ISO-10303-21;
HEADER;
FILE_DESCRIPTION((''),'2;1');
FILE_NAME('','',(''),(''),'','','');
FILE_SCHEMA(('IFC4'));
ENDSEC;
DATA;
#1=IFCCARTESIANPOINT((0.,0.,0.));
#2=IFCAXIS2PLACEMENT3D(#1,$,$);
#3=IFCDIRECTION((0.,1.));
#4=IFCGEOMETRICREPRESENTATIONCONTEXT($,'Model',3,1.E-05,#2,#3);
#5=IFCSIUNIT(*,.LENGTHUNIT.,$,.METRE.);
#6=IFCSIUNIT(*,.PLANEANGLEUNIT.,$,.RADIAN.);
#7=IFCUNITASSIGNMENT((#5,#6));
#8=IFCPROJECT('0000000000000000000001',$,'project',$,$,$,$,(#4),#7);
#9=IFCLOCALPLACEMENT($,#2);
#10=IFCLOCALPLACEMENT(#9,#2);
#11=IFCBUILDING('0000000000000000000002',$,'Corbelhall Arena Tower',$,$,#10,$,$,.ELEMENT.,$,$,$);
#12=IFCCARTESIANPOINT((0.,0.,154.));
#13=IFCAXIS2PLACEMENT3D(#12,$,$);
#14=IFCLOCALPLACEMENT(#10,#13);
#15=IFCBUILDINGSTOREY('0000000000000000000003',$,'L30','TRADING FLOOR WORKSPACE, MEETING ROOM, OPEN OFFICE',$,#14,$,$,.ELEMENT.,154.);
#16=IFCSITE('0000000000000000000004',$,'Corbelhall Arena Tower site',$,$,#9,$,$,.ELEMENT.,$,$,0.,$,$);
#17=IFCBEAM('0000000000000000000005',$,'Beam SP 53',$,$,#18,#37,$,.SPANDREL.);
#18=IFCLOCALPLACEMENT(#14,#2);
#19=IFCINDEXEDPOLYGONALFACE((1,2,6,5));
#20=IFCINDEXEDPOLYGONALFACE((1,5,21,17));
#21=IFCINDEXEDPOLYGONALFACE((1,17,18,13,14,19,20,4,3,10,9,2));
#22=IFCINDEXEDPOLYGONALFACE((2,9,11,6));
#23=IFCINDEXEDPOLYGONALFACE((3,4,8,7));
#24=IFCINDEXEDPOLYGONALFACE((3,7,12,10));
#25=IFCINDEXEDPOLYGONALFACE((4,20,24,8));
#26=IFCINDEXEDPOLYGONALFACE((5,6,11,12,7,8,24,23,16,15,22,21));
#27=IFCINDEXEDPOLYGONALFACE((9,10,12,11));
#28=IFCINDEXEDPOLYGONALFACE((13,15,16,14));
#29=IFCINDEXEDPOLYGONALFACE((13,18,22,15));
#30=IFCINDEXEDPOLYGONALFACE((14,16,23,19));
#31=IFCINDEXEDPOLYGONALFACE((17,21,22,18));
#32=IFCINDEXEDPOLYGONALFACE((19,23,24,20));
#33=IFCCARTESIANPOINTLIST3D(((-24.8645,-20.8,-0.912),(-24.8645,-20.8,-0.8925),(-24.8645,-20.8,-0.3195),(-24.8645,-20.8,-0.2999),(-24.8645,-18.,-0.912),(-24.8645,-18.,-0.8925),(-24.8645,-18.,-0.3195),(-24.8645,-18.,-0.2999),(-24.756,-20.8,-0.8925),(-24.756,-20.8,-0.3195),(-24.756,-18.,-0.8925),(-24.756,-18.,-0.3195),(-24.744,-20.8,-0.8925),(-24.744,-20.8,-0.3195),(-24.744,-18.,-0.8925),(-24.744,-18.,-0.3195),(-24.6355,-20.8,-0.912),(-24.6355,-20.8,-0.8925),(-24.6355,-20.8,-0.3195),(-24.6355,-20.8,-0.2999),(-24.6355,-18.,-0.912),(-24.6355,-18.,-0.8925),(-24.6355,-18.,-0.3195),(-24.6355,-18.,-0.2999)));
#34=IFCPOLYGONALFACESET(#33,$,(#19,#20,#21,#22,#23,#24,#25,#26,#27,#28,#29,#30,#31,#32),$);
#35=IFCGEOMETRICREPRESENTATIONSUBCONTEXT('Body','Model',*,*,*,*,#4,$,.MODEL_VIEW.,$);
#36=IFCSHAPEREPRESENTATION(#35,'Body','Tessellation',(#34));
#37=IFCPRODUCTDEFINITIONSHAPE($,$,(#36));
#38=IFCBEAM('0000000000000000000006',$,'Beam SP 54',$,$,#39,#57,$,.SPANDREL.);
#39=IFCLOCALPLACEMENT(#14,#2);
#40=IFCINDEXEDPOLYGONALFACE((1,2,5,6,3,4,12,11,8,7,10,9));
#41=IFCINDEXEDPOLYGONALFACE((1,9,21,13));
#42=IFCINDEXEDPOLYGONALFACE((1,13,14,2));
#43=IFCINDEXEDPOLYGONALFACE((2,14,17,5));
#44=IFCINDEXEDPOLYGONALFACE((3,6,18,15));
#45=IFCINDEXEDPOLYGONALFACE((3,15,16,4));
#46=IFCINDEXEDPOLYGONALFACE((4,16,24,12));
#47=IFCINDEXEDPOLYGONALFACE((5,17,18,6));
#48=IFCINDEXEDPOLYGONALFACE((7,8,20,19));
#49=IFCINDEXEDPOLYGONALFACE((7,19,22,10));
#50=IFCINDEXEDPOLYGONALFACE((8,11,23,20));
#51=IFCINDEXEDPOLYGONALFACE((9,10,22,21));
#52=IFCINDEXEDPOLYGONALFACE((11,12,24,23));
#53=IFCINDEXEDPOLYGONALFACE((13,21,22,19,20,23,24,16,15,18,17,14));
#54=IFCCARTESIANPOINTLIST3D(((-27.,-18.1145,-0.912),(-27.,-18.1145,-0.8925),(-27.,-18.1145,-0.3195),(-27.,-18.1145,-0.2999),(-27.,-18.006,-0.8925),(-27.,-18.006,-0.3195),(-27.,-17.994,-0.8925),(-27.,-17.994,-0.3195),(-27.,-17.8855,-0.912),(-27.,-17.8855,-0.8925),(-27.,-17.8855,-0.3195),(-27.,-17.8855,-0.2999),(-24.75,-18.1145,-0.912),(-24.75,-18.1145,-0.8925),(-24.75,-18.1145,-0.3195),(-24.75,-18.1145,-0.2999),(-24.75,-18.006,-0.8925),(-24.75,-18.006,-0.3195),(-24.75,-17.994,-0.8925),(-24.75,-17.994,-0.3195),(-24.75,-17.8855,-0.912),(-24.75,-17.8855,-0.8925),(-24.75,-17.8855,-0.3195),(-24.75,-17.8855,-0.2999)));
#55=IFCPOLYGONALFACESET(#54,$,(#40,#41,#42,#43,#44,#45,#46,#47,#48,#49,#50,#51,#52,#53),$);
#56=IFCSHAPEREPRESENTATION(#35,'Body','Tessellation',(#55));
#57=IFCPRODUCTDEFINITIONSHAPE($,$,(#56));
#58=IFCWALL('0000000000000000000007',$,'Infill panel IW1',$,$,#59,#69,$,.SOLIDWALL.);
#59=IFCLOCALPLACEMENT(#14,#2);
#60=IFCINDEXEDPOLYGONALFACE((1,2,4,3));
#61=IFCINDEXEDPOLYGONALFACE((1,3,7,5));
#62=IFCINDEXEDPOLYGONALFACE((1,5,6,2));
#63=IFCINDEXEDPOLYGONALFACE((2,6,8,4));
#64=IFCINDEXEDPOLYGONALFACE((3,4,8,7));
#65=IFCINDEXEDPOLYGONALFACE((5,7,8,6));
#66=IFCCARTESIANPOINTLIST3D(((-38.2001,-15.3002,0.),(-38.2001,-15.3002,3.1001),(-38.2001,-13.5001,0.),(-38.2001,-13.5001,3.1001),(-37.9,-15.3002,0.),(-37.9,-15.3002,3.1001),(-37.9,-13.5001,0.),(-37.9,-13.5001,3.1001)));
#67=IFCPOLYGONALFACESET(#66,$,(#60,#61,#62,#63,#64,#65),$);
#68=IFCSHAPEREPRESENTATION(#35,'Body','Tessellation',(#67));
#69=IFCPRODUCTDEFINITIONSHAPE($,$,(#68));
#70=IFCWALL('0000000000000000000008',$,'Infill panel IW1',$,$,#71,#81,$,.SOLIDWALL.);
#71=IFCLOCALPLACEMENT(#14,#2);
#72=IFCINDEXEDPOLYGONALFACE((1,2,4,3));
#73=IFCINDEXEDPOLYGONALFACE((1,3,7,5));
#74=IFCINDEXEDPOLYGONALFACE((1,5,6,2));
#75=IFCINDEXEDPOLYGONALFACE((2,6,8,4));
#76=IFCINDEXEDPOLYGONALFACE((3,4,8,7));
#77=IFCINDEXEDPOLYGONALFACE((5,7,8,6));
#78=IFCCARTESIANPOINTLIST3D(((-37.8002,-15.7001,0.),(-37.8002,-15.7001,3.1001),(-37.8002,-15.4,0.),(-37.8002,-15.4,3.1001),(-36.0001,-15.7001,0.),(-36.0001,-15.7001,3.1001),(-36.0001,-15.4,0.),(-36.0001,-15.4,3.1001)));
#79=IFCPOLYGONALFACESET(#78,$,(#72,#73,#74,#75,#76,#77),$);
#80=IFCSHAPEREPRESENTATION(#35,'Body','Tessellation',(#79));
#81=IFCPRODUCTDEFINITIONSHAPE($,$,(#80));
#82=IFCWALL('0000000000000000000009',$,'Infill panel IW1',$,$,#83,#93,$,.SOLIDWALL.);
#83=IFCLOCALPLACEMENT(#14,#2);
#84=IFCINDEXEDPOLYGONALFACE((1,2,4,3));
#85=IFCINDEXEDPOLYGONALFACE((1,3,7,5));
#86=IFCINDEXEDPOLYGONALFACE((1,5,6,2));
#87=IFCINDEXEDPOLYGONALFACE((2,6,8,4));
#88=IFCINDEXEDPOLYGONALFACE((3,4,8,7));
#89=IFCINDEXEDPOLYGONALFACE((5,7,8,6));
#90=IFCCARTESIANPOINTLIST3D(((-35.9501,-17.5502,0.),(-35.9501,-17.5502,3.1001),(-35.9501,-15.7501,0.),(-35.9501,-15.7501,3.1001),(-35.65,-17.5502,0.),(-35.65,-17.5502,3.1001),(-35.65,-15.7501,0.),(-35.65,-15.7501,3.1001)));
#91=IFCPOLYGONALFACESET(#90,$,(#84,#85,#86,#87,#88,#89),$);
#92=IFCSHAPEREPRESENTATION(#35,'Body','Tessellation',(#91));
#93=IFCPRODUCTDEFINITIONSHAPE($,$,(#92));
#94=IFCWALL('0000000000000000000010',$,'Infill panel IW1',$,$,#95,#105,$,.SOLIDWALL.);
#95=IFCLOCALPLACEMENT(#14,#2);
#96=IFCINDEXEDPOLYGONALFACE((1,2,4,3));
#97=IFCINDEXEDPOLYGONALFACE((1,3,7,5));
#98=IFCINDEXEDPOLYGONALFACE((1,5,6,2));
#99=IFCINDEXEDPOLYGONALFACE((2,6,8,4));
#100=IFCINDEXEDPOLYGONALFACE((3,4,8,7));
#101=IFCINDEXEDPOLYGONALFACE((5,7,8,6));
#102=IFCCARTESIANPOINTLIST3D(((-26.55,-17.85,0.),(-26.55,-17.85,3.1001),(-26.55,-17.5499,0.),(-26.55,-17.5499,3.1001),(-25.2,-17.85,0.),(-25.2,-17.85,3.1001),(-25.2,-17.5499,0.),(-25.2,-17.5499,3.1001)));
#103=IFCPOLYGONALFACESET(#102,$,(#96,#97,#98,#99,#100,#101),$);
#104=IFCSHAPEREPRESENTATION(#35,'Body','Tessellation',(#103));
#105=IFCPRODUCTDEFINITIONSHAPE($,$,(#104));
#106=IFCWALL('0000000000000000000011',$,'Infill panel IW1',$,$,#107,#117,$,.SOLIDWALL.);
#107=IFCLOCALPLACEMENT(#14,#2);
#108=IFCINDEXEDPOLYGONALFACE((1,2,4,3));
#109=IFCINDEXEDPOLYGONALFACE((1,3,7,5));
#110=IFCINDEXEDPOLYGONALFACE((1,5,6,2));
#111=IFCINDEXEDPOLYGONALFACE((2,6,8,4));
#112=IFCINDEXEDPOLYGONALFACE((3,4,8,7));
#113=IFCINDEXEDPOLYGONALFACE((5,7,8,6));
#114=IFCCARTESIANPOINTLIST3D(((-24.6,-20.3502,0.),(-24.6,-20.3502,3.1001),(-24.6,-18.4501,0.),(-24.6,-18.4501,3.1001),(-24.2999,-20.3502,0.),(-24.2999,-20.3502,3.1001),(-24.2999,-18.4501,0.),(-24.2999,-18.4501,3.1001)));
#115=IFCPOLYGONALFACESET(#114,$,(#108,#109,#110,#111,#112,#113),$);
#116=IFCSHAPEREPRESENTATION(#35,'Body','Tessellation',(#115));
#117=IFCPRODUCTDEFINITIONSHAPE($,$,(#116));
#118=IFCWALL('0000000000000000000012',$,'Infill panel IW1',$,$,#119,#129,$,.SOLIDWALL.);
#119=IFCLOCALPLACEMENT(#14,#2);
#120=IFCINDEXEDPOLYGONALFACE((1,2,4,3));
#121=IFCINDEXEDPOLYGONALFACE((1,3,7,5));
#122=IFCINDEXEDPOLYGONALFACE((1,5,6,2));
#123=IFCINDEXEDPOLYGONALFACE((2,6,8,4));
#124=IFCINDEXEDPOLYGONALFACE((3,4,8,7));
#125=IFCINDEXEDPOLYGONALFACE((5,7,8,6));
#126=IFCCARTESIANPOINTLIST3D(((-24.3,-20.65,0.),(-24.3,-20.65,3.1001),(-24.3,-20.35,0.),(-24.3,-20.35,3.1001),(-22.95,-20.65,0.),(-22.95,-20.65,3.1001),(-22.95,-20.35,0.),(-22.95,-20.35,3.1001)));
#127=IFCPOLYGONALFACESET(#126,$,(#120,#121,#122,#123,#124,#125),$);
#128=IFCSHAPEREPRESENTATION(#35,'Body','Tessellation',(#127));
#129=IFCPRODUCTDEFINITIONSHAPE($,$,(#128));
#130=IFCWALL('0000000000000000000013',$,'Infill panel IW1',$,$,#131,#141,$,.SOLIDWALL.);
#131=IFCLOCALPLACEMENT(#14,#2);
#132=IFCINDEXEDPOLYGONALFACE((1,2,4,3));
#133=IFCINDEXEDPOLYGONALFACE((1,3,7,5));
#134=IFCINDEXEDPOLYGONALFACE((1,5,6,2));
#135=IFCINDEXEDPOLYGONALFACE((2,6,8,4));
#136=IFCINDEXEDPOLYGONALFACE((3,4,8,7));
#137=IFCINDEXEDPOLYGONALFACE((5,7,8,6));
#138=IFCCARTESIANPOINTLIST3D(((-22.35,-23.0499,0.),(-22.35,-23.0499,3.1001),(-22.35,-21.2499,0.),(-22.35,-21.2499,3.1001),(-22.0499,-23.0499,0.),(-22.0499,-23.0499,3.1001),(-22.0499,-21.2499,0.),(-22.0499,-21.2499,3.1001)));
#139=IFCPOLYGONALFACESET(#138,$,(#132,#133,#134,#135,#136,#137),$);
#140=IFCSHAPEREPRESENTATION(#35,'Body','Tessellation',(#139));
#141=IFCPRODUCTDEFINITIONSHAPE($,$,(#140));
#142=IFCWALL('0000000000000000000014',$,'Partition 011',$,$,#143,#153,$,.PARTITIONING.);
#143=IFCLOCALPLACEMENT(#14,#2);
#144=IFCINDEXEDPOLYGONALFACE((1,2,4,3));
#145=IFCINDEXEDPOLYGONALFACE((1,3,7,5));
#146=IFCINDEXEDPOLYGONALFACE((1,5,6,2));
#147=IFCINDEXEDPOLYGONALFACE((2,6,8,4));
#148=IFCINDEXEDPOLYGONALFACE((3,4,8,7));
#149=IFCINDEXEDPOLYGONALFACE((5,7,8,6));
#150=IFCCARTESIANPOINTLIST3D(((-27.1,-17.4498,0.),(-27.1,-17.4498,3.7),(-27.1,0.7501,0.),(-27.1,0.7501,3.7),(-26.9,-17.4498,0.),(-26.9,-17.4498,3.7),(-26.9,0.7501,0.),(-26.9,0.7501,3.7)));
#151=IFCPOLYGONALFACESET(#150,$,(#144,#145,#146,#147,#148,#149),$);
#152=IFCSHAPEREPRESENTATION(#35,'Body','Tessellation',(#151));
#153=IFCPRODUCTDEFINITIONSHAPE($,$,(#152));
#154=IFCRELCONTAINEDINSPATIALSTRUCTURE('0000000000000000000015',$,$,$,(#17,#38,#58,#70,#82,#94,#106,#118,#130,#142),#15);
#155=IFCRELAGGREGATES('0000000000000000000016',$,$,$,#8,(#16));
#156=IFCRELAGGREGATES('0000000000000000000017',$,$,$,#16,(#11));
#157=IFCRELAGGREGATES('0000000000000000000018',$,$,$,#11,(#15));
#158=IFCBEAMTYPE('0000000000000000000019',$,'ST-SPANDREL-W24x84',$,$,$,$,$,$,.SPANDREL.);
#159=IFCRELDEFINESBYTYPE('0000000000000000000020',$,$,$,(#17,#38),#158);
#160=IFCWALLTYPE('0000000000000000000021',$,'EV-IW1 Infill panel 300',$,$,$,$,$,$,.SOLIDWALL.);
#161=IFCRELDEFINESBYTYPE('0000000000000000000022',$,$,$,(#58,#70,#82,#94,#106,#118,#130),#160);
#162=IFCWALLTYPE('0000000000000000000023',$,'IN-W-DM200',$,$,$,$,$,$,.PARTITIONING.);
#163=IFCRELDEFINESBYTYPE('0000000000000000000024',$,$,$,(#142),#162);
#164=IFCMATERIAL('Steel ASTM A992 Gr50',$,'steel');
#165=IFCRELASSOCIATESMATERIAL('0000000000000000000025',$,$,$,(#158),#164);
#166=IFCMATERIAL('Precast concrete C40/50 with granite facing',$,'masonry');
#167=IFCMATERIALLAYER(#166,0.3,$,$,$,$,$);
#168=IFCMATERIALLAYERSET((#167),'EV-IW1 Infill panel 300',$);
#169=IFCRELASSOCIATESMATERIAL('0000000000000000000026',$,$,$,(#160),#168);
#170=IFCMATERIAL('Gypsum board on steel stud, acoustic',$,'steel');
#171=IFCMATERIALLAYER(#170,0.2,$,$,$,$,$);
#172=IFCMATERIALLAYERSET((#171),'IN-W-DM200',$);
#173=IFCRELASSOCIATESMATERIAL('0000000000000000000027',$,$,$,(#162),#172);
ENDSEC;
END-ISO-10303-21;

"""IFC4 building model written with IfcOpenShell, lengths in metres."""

from ifc_helpers import new_model, si_unit, direction, frame, frame_2d, origin, origin_2d, place, context, subcontext, project, spatial, rectangle, i_section, extrude, material, layer, layer_set, material_profile, profile_set, type_object, element, save


model = new_model("IFC4")

# Units and contexts
model_context = context("Model", 3, precision=1e-05, world=origin(), true_north=direction((0.0, 1.0)))
body_context = subcontext(model_context, "Body", "Model", "MODEL_VIEW")
ifc_project = project(units=[si_unit("LENGTHUNIT", "METRE"), si_unit("PLANEANGLEUNIT", "RADIAN")], contexts=[model_context])

# Site, building, storey
site_placement = place(None, origin())
site = spatial("IfcSite", under=ifc_project, at=site_placement, Name="Corbelhall Arena Tower site", CompositionType="ELEMENT", RefElevation=0.0)
building_placement = place(site_placement, origin())
building = spatial("IfcBuilding", under=site, at=building_placement, Name="Corbelhall Arena Tower", CompositionType="ELEMENT")
storey_placement = place(building_placement, frame((0.0, 0.0, 154.0)))
storey = spatial("IfcBuildingStorey", under=building, at=storey_placement, Name="L30", Description="TRADING FLOOR WORKSPACE, MEETING ROOM, OPEN OFFICE", CompositionType="ELEMENT", Elevation=154.0)

# Beams
ifc_material_1 = material(Name="Steel ASTM A992 Gr50", Category="steel")
ifc_material_profile_1 = material_profile(ifc_material_1, i_section(OverallWidth=0.229, OverallDepth=0.6121, WebThickness=0.012, FlangeThickness=0.0195, at=origin_2d()))
ifc_profile_set_1 = profile_set([ifc_material_profile_1], Name="Steel ASTM A992 Gr50")
beam_type = type_object("IfcBeamType", Name="ST-SPANDREL-W24x84", PredefinedType="SPANDREL", material=ifc_profile_set_1)
beam_1_placement = place(storey_placement, frame((-24.75, -20.8, -0.606), z_axis=(0.0, 1.0, 0.0), x_axis=(-1.0, 0.0, 0.0)))
element("IfcBeam", 1, at=beam_1_placement, inside=storey, type_object=beam_type, Name="Beam SP 53", PredefinedType="SPANDREL", context=body_context, shape_type="SweptSolid", body=[
    extrude(i_section(OverallWidth=0.229, OverallDepth=0.6121, WebThickness=0.012, FlangeThickness=0.0195, at=origin_2d()), origin(), (0.0, 0.0, 1.0), 2.8),
])
beam_2_placement = place(storey_placement, frame((-24.75, -18.0, -0.606), z_axis=(-1.0, 0.0, 0.0), x_axis=(0.0, -1.0, 0.0)))
element("IfcBeam", 2, at=beam_2_placement, inside=storey, type_object=beam_type, Name="Beam SP 54", PredefinedType="SPANDREL", context=body_context, shape_type="SweptSolid", body=[
    extrude(i_section(OverallWidth=0.229, OverallDepth=0.6121, WebThickness=0.012, FlangeThickness=0.0195, at=origin_2d()), origin(), (0.0, 0.0, 1.0), 2.25),
])

# Walls
ifc_material_2 = material(Name="Precast concrete C40/50 with granite facing", Category="masonry")
ifc_layer_1 = layer(ifc_material_2, 0.3)
ifc_layer_set_1 = layer_set([ifc_layer_1], Name="EV-IW1 Infill panel 300")
wall_type_1 = type_object("IfcWallType", Name="EV-IW1 Infill panel 300", PredefinedType="SOLIDWALL", material=ifc_layer_set_1)
for number, where, z_axis, x_axis, name in (
    (3, (-38.05, -15.3, 0.0), (0.0, 0.0, 1.0), (0.0, 1.0, 0.0), "Infill panel IW1"),
    (4, (-37.8, -15.55, 0.0), (0.0, 0.0, 1.0), (1.0, 0.0, 0.0), "Infill panel IW1"),
    (5, (-35.8, -17.55, 0.0), (0.0, 0.0, 1.0), (0.0, 1.0, 0.0), "Infill panel IW1"),
):
    element("IfcWall", number, at=place(storey_placement, frame(where, z_axis=z_axis, x_axis=x_axis)), inside=storey, type_object=wall_type_1, Name=name, PredefinedType="SOLIDWALL", context=body_context, shape_type="SweptSolid", body=[
        extrude(rectangle(XDim=1.8, YDim=0.3, at=frame_2d((0.8999, 0.0))), origin(), (0.0, 0.0, 1.0), 3.1001),
    ])

# Walls
wall_1_placement = place(storey_placement, frame((-26.55, -17.7, 0.0), z_axis=(0.0, 0.0, 1.0), x_axis=(1.0, 0.0, 0.0)))
element("IfcWall", 6, at=wall_1_placement, inside=storey, type_object=wall_type_1, Name="Infill panel IW1", PredefinedType="SOLIDWALL", context=body_context, shape_type="SweptSolid", body=[
    extrude(rectangle(XDim=1.3501, YDim=0.3, at=frame_2d((0.675, 0.0))), origin(), (0.0, 0.0, 1.0), 3.1001),
])
wall_2_placement = place(storey_placement, frame((-24.45, -18.45, 0.0), z_axis=(0.0, 0.0, 1.0), x_axis=(0.0, -1.0, 0.0)))
element("IfcWall", 7, at=wall_2_placement, inside=storey, type_object=wall_type_1, Name="Infill panel IW1", PredefinedType="SOLIDWALL", context=body_context, shape_type="SweptSolid", body=[
    extrude(rectangle(XDim=1.9001, YDim=0.3, at=frame_2d((0.9502, 0.0))), origin(), (0.0, 0.0, 1.0), 3.1001),
])
wall_3_placement = place(storey_placement, frame((-24.3, -20.5, 0.0), z_axis=(0.0, 0.0, 1.0), x_axis=(1.0, 0.0, 0.0)))
element("IfcWall", 8, at=wall_3_placement, inside=storey, type_object=wall_type_1, Name="Infill panel IW1", PredefinedType="SOLIDWALL", context=body_context, shape_type="SweptSolid", body=[
    extrude(rectangle(XDim=1.3501, YDim=0.3, at=frame_2d((0.675, 0.0))), origin(), (0.0, 0.0, 1.0), 3.1001),
])
wall_4_placement = place(storey_placement, frame((-22.2, -21.25, 0.0), z_axis=(0.0, 0.0, 1.0), x_axis=(0.0, -1.0, 0.0)))
element("IfcWall", 9, at=wall_4_placement, inside=storey, type_object=wall_type_1, Name="Infill panel IW1", PredefinedType="SOLIDWALL", context=body_context, shape_type="SweptSolid", body=[
    extrude(rectangle(XDim=1.8, YDim=0.3, at=frame_2d((0.8999, 0.0))), origin(), (0.0, 0.0, 1.0), 3.1001),
])

# Wall
ifc_material_3 = material(Name="Gypsum board on steel stud, acoustic", Category="steel")
ifc_layer_2 = layer(ifc_material_3, 0.2)
ifc_layer_set_2 = layer_set([ifc_layer_2], Name="IN-W-DM200")
wall_type_2 = type_object("IfcWallType", Name="IN-W-DM200", PredefinedType="PARTITIONING", material=ifc_layer_set_2)
wall_5_placement = place(storey_placement, frame((-27.0, -17.45, 0.0), z_axis=(0.0, 0.0, 1.0), x_axis=(0.0, 1.0, 0.0)))
element("IfcWall", 10, at=wall_5_placement, inside=storey, type_object=wall_type_2, Name="Partition 011", PredefinedType="PARTITIONING", context=body_context, shape_type="SweptSolid", body=[
    extrude(rectangle(XDim=18.2, YDim=0.2, at=frame_2d((9.1001, 0.0))), origin(), (0.0, 0.0, 1.0), 3.7),
])

save(model, "model.ifc")
